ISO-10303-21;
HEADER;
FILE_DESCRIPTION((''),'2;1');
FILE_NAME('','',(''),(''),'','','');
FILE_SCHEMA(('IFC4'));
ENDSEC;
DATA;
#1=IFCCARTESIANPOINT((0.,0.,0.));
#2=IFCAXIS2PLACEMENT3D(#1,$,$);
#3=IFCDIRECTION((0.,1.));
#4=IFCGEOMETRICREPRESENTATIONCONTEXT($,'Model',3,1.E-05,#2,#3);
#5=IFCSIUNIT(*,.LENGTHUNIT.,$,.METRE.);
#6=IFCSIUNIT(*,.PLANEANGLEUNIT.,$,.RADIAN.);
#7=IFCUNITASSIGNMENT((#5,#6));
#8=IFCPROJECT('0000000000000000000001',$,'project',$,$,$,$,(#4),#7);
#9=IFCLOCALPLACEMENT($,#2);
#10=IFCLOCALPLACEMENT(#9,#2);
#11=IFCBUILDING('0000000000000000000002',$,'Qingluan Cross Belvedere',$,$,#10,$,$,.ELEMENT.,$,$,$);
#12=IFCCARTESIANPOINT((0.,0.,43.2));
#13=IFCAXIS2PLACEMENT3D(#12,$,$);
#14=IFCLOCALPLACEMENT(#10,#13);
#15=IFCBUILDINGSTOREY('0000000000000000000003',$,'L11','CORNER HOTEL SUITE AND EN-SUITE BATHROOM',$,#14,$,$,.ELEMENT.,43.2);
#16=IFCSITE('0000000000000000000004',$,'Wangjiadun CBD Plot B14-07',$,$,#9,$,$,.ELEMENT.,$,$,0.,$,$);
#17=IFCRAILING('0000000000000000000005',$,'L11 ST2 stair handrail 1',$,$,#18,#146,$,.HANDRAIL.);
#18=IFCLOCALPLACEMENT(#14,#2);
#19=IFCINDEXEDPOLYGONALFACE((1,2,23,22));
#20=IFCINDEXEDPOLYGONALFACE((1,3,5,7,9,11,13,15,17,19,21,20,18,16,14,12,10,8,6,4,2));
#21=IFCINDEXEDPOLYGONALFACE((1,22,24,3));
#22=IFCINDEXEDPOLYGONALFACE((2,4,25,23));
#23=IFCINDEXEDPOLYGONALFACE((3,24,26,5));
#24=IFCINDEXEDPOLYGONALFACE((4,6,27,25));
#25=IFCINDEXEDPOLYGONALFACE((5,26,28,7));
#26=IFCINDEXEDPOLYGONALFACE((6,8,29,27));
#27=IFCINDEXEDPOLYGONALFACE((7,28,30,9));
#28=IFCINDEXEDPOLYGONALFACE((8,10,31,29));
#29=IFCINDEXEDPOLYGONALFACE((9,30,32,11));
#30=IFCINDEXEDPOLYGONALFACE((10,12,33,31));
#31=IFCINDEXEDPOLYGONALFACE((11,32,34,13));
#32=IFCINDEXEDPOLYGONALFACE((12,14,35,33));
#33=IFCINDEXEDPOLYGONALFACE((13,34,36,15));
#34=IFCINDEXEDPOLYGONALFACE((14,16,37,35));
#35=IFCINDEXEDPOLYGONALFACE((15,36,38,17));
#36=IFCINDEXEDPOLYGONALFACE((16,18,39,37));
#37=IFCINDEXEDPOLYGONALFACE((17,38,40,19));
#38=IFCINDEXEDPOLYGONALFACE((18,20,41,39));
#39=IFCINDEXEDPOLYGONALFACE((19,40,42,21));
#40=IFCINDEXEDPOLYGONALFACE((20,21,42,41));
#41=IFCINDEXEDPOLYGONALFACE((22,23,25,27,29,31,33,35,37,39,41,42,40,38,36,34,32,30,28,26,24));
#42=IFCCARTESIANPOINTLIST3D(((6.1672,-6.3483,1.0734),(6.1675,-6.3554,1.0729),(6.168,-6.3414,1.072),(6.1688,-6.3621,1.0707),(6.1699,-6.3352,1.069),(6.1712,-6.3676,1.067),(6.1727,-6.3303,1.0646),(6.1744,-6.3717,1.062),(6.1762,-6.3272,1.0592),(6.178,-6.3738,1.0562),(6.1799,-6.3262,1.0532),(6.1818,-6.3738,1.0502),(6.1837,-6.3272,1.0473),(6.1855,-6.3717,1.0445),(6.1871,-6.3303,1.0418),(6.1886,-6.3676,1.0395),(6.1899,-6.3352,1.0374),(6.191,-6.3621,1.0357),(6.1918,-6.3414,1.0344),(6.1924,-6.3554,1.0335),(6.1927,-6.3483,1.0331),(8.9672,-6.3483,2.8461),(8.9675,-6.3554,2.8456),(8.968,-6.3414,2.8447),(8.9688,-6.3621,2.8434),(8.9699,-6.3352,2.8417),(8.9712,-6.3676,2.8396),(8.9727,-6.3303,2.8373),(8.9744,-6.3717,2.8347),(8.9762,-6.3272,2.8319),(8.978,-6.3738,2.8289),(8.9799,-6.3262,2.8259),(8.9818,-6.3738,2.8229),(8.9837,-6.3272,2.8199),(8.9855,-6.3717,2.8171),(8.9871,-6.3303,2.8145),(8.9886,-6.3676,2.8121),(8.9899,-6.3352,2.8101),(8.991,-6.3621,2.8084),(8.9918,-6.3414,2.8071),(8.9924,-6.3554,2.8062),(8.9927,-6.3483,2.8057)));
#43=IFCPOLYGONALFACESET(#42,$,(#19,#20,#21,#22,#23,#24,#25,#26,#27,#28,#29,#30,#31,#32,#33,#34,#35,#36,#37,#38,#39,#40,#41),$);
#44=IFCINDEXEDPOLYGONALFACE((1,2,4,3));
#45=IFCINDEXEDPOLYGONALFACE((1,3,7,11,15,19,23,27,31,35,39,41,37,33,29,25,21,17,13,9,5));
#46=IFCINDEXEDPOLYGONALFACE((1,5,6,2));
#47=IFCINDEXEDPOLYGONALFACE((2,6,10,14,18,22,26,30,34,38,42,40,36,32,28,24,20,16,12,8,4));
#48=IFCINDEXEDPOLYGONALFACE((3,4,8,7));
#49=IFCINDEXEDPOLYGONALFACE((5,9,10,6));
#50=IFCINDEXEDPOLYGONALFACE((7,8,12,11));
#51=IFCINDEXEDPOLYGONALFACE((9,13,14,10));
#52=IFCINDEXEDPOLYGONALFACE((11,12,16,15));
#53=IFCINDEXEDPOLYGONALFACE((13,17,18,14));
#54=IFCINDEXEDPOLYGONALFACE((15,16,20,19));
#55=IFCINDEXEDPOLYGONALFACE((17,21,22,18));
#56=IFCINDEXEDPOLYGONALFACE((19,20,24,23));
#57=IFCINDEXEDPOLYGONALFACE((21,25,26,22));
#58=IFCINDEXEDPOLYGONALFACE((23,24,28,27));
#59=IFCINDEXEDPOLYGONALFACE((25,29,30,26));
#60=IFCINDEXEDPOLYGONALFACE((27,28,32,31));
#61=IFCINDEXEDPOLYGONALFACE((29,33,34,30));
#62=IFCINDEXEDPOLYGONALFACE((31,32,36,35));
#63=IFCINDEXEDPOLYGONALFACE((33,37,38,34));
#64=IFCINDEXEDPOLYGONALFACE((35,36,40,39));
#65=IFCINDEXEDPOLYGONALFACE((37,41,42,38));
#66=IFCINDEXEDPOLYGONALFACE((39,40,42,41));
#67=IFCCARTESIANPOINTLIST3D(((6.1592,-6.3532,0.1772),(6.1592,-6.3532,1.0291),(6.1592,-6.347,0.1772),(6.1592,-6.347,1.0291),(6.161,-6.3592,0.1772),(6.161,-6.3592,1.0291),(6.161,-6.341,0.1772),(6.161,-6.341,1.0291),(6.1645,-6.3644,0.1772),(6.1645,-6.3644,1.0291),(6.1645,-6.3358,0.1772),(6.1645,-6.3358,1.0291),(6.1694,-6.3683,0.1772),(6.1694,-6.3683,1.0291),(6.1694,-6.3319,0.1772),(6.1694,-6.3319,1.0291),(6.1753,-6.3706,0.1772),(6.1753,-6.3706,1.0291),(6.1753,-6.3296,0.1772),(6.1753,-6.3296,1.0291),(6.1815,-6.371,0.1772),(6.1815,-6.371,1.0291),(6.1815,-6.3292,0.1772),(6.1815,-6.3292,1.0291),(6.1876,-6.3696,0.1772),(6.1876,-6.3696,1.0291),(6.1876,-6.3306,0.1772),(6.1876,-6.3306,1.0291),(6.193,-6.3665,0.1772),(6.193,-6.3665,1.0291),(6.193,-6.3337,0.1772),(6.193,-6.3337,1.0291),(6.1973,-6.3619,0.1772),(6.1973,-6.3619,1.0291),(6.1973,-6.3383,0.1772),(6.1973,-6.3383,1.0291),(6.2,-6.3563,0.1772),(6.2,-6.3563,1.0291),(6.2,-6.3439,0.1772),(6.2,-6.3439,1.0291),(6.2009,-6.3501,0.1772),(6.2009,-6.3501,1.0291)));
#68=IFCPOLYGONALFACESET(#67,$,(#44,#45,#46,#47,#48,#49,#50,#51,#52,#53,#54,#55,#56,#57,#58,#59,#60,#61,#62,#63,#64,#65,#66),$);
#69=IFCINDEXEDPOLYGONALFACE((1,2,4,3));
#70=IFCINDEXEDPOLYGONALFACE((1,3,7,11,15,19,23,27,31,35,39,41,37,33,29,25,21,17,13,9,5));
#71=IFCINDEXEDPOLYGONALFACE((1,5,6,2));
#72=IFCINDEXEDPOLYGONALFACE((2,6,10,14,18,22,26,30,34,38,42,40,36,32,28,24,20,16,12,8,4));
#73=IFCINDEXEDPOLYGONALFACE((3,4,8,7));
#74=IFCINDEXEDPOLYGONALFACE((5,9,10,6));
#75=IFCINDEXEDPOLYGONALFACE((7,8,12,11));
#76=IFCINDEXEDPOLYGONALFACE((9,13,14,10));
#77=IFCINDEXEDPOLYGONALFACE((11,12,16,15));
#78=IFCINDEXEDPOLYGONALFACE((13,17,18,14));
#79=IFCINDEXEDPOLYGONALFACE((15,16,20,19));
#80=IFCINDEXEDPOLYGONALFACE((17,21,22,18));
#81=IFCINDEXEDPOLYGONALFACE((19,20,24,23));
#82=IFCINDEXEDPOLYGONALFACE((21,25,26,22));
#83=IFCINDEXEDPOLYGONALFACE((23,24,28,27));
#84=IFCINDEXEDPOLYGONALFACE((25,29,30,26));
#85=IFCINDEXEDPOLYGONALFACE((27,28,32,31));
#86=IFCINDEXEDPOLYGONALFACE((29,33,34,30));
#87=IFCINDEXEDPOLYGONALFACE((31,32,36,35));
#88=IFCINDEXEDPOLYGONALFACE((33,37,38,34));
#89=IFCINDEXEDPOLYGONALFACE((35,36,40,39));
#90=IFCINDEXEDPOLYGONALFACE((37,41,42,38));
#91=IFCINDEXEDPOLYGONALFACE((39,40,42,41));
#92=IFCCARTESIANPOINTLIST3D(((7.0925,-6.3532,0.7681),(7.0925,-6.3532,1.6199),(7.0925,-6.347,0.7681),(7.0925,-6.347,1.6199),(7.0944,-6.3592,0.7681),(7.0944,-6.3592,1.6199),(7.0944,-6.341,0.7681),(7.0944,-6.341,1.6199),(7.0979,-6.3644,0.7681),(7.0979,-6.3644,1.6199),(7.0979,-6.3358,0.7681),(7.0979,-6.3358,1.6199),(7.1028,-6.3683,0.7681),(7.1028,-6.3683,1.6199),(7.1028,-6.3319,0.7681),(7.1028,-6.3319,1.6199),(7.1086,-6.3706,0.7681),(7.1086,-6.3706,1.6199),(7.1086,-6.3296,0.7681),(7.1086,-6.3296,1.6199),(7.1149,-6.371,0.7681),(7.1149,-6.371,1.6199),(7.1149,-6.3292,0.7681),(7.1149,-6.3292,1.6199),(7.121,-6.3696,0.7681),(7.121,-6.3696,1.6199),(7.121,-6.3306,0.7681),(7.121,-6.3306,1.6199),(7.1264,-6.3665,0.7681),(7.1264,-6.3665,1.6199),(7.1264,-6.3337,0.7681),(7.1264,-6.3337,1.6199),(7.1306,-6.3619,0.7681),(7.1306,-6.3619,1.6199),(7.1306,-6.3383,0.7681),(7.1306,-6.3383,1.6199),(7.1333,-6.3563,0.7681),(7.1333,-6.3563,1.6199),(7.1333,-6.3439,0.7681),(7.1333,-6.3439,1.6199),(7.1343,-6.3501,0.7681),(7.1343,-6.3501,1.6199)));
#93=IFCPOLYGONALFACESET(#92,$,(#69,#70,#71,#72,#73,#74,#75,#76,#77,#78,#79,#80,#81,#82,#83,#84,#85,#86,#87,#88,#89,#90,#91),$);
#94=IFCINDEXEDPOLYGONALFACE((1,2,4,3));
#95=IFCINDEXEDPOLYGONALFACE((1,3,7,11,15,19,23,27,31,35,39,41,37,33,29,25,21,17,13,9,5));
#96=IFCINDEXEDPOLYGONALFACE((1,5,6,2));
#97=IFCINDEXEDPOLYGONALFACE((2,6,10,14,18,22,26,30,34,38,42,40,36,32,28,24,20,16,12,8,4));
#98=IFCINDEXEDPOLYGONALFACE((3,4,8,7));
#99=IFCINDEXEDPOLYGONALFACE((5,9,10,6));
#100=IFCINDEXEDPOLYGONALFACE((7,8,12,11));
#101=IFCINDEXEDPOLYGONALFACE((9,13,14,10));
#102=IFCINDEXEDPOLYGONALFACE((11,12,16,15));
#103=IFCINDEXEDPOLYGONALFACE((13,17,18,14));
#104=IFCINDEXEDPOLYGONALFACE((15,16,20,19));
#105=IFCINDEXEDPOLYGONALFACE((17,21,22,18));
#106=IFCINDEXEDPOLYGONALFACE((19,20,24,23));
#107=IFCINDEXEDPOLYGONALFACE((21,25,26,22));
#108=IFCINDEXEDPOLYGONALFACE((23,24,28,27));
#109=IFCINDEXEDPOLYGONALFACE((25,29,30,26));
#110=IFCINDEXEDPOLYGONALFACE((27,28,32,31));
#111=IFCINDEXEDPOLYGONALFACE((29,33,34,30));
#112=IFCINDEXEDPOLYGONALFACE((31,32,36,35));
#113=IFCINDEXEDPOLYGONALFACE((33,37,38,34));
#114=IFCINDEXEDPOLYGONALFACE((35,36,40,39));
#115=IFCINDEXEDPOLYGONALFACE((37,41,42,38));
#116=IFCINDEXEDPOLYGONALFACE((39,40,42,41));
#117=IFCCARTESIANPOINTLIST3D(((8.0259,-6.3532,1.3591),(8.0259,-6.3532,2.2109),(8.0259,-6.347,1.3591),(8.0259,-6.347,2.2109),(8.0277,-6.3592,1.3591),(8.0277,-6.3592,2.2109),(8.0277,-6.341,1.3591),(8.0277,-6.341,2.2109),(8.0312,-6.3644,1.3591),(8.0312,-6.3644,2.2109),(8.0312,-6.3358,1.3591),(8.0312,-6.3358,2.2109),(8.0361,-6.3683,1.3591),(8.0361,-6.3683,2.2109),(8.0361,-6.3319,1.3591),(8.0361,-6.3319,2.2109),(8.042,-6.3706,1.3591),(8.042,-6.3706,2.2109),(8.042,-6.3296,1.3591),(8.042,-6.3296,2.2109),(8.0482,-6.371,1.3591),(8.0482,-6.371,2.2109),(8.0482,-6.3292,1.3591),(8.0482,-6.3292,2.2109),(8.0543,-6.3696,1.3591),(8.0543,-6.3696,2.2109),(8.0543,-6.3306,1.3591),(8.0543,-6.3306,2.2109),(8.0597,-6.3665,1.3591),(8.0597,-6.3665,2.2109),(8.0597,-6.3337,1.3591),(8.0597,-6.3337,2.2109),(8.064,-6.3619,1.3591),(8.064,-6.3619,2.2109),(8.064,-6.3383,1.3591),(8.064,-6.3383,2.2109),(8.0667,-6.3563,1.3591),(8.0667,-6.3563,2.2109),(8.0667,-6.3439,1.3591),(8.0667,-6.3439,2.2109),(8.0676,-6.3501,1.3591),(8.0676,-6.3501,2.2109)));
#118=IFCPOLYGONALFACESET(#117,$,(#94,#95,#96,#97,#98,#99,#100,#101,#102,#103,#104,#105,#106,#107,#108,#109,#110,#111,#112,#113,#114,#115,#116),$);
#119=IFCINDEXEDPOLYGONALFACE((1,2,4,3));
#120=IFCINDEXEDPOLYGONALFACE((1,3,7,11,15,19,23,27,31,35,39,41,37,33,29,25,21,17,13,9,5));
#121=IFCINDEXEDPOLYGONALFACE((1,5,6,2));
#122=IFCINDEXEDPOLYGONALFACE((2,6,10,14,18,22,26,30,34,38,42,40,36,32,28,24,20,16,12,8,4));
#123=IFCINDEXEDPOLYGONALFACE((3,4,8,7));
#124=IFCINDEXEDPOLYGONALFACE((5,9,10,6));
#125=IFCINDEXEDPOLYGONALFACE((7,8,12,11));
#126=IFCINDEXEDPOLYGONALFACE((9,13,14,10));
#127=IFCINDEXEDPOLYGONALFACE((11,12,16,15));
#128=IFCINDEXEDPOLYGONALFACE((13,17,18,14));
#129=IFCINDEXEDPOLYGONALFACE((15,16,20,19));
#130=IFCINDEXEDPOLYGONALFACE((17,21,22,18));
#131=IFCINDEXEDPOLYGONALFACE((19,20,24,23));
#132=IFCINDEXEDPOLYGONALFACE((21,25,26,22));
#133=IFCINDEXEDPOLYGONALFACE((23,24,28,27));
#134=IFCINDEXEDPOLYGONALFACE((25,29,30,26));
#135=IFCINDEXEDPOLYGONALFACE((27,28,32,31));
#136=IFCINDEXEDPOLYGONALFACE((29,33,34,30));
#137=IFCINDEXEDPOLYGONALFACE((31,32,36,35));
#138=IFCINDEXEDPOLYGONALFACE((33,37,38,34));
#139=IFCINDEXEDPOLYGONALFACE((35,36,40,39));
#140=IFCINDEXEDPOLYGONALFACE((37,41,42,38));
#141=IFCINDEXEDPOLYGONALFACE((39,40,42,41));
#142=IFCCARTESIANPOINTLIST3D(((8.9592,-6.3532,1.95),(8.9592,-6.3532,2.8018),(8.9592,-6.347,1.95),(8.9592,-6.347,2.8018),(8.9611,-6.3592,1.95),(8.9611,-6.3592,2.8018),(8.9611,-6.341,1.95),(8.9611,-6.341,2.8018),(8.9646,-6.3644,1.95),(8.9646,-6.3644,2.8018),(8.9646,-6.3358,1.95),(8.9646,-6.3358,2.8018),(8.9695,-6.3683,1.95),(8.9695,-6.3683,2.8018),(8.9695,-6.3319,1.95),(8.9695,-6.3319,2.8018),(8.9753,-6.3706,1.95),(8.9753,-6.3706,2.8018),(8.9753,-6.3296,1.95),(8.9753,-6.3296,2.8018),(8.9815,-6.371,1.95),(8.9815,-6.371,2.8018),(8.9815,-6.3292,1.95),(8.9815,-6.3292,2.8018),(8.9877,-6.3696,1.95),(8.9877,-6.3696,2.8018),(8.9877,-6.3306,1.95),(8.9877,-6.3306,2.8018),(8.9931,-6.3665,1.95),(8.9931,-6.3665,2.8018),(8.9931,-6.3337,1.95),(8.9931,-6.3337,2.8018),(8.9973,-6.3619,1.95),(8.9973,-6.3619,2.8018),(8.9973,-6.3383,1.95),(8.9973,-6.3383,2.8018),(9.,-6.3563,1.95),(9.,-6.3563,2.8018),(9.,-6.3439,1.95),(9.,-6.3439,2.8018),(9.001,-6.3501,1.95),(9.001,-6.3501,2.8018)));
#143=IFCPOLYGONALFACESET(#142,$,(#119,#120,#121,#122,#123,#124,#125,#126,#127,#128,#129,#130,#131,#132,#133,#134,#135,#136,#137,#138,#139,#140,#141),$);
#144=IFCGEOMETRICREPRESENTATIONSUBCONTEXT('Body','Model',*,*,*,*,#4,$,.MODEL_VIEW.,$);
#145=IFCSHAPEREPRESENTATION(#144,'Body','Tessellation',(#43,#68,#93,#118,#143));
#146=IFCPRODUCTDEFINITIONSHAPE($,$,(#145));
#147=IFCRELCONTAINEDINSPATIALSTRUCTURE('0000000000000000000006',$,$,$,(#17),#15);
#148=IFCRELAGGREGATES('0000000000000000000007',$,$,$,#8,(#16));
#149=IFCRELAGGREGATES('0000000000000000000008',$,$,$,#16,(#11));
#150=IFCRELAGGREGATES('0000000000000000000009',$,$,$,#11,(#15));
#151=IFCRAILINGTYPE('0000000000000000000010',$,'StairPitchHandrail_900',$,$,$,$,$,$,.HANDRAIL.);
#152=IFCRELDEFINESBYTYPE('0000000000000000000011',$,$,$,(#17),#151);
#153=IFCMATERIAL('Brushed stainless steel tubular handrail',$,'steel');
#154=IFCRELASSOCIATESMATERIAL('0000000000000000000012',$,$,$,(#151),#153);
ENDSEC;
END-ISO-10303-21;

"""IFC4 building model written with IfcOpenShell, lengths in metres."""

from ifc_helpers import new_model, si_unit, direction, frame, origin, origin_2d, place, context, subcontext, project, spatial, circle, extrude, material, type_object, element, save


model = new_model("IFC4")

# Units and contexts
model_context = context("Model", 3, precision=1e-05, world=origin(), true_north=direction((0.0, 1.0)))
body_context = subcontext(model_context, "Body", "Model", "MODEL_VIEW")
ifc_project = project(units=[si_unit("LENGTHUNIT", "METRE"), si_unit("PLANEANGLEUNIT", "RADIAN")], contexts=[model_context])

# Site, building, storey
site_placement = place(None, origin())
site = spatial("IfcSite", under=ifc_project, at=site_placement, Name="Wangjiadun CBD Plot B14-07", CompositionType="ELEMENT", RefElevation=0.0)
building_placement = place(site_placement, origin())
building = spatial("IfcBuilding", under=site, at=building_placement, Name="Qingluan Cross Belvedere", CompositionType="ELEMENT")
storey_placement = place(building_placement, frame((0.0, 0.0, 43.2)))
storey = spatial("IfcBuildingStorey", under=building, at=storey_placement, Name="L11", Description="CORNER HOTEL SUITE AND EN-SUITE BATHROOM", CompositionType="ELEMENT", Elevation=43.2)

# Railing
ifc_material_1 = material(Name="Brushed stainless steel tubular handrail", Category="steel")
railing_type_1 = type_object("IfcRailingType", Name="StairPitchHandrail_900", PredefinedType="HANDRAIL", material=ifc_material_1)
for number, where, name in (
    (1, (6.1799, -6.3501, 0.1772), "L11 ST2 stair handrail 1"),
):
    element("IfcRailing", number, at=place(storey_placement, frame(where)), inside=storey, type_object=railing_type_1, Name=name, PredefinedType="HANDRAIL", context=body_context, shape_type="SweptSolid", body=[
        extrude(circle(Radius=0.0239, at=origin_2d()), frame((0.0, 0.0, 0.876), z_axis=(0.844909, 0.0, 0.53491), x_axis=(0.0, 1.0, 0.0)), (0.0, 0.0, 1.0), 3.314),
        extrude(circle(Radius=0.021, at=origin_2d()), origin(), (0.0, 0.0, 1.0), 0.8518),
        extrude(circle(Radius=0.021, at=origin_2d()), frame((0.9333, 0.0, 0.5908)), (0.0, 0.0, 1.0), 0.8518),
        extrude(circle(Radius=0.021, at=origin_2d()), frame((1.8667, 0.0, 1.1819)), (0.0, 0.0, 1.0), 0.8518),
        extrude(circle(Radius=0.021, at=origin_2d()), frame((2.8, 0.0, 1.7727)), (0.0, 0.0, 1.0), 0.8518),
    ])

save(model, "model.ifc")
